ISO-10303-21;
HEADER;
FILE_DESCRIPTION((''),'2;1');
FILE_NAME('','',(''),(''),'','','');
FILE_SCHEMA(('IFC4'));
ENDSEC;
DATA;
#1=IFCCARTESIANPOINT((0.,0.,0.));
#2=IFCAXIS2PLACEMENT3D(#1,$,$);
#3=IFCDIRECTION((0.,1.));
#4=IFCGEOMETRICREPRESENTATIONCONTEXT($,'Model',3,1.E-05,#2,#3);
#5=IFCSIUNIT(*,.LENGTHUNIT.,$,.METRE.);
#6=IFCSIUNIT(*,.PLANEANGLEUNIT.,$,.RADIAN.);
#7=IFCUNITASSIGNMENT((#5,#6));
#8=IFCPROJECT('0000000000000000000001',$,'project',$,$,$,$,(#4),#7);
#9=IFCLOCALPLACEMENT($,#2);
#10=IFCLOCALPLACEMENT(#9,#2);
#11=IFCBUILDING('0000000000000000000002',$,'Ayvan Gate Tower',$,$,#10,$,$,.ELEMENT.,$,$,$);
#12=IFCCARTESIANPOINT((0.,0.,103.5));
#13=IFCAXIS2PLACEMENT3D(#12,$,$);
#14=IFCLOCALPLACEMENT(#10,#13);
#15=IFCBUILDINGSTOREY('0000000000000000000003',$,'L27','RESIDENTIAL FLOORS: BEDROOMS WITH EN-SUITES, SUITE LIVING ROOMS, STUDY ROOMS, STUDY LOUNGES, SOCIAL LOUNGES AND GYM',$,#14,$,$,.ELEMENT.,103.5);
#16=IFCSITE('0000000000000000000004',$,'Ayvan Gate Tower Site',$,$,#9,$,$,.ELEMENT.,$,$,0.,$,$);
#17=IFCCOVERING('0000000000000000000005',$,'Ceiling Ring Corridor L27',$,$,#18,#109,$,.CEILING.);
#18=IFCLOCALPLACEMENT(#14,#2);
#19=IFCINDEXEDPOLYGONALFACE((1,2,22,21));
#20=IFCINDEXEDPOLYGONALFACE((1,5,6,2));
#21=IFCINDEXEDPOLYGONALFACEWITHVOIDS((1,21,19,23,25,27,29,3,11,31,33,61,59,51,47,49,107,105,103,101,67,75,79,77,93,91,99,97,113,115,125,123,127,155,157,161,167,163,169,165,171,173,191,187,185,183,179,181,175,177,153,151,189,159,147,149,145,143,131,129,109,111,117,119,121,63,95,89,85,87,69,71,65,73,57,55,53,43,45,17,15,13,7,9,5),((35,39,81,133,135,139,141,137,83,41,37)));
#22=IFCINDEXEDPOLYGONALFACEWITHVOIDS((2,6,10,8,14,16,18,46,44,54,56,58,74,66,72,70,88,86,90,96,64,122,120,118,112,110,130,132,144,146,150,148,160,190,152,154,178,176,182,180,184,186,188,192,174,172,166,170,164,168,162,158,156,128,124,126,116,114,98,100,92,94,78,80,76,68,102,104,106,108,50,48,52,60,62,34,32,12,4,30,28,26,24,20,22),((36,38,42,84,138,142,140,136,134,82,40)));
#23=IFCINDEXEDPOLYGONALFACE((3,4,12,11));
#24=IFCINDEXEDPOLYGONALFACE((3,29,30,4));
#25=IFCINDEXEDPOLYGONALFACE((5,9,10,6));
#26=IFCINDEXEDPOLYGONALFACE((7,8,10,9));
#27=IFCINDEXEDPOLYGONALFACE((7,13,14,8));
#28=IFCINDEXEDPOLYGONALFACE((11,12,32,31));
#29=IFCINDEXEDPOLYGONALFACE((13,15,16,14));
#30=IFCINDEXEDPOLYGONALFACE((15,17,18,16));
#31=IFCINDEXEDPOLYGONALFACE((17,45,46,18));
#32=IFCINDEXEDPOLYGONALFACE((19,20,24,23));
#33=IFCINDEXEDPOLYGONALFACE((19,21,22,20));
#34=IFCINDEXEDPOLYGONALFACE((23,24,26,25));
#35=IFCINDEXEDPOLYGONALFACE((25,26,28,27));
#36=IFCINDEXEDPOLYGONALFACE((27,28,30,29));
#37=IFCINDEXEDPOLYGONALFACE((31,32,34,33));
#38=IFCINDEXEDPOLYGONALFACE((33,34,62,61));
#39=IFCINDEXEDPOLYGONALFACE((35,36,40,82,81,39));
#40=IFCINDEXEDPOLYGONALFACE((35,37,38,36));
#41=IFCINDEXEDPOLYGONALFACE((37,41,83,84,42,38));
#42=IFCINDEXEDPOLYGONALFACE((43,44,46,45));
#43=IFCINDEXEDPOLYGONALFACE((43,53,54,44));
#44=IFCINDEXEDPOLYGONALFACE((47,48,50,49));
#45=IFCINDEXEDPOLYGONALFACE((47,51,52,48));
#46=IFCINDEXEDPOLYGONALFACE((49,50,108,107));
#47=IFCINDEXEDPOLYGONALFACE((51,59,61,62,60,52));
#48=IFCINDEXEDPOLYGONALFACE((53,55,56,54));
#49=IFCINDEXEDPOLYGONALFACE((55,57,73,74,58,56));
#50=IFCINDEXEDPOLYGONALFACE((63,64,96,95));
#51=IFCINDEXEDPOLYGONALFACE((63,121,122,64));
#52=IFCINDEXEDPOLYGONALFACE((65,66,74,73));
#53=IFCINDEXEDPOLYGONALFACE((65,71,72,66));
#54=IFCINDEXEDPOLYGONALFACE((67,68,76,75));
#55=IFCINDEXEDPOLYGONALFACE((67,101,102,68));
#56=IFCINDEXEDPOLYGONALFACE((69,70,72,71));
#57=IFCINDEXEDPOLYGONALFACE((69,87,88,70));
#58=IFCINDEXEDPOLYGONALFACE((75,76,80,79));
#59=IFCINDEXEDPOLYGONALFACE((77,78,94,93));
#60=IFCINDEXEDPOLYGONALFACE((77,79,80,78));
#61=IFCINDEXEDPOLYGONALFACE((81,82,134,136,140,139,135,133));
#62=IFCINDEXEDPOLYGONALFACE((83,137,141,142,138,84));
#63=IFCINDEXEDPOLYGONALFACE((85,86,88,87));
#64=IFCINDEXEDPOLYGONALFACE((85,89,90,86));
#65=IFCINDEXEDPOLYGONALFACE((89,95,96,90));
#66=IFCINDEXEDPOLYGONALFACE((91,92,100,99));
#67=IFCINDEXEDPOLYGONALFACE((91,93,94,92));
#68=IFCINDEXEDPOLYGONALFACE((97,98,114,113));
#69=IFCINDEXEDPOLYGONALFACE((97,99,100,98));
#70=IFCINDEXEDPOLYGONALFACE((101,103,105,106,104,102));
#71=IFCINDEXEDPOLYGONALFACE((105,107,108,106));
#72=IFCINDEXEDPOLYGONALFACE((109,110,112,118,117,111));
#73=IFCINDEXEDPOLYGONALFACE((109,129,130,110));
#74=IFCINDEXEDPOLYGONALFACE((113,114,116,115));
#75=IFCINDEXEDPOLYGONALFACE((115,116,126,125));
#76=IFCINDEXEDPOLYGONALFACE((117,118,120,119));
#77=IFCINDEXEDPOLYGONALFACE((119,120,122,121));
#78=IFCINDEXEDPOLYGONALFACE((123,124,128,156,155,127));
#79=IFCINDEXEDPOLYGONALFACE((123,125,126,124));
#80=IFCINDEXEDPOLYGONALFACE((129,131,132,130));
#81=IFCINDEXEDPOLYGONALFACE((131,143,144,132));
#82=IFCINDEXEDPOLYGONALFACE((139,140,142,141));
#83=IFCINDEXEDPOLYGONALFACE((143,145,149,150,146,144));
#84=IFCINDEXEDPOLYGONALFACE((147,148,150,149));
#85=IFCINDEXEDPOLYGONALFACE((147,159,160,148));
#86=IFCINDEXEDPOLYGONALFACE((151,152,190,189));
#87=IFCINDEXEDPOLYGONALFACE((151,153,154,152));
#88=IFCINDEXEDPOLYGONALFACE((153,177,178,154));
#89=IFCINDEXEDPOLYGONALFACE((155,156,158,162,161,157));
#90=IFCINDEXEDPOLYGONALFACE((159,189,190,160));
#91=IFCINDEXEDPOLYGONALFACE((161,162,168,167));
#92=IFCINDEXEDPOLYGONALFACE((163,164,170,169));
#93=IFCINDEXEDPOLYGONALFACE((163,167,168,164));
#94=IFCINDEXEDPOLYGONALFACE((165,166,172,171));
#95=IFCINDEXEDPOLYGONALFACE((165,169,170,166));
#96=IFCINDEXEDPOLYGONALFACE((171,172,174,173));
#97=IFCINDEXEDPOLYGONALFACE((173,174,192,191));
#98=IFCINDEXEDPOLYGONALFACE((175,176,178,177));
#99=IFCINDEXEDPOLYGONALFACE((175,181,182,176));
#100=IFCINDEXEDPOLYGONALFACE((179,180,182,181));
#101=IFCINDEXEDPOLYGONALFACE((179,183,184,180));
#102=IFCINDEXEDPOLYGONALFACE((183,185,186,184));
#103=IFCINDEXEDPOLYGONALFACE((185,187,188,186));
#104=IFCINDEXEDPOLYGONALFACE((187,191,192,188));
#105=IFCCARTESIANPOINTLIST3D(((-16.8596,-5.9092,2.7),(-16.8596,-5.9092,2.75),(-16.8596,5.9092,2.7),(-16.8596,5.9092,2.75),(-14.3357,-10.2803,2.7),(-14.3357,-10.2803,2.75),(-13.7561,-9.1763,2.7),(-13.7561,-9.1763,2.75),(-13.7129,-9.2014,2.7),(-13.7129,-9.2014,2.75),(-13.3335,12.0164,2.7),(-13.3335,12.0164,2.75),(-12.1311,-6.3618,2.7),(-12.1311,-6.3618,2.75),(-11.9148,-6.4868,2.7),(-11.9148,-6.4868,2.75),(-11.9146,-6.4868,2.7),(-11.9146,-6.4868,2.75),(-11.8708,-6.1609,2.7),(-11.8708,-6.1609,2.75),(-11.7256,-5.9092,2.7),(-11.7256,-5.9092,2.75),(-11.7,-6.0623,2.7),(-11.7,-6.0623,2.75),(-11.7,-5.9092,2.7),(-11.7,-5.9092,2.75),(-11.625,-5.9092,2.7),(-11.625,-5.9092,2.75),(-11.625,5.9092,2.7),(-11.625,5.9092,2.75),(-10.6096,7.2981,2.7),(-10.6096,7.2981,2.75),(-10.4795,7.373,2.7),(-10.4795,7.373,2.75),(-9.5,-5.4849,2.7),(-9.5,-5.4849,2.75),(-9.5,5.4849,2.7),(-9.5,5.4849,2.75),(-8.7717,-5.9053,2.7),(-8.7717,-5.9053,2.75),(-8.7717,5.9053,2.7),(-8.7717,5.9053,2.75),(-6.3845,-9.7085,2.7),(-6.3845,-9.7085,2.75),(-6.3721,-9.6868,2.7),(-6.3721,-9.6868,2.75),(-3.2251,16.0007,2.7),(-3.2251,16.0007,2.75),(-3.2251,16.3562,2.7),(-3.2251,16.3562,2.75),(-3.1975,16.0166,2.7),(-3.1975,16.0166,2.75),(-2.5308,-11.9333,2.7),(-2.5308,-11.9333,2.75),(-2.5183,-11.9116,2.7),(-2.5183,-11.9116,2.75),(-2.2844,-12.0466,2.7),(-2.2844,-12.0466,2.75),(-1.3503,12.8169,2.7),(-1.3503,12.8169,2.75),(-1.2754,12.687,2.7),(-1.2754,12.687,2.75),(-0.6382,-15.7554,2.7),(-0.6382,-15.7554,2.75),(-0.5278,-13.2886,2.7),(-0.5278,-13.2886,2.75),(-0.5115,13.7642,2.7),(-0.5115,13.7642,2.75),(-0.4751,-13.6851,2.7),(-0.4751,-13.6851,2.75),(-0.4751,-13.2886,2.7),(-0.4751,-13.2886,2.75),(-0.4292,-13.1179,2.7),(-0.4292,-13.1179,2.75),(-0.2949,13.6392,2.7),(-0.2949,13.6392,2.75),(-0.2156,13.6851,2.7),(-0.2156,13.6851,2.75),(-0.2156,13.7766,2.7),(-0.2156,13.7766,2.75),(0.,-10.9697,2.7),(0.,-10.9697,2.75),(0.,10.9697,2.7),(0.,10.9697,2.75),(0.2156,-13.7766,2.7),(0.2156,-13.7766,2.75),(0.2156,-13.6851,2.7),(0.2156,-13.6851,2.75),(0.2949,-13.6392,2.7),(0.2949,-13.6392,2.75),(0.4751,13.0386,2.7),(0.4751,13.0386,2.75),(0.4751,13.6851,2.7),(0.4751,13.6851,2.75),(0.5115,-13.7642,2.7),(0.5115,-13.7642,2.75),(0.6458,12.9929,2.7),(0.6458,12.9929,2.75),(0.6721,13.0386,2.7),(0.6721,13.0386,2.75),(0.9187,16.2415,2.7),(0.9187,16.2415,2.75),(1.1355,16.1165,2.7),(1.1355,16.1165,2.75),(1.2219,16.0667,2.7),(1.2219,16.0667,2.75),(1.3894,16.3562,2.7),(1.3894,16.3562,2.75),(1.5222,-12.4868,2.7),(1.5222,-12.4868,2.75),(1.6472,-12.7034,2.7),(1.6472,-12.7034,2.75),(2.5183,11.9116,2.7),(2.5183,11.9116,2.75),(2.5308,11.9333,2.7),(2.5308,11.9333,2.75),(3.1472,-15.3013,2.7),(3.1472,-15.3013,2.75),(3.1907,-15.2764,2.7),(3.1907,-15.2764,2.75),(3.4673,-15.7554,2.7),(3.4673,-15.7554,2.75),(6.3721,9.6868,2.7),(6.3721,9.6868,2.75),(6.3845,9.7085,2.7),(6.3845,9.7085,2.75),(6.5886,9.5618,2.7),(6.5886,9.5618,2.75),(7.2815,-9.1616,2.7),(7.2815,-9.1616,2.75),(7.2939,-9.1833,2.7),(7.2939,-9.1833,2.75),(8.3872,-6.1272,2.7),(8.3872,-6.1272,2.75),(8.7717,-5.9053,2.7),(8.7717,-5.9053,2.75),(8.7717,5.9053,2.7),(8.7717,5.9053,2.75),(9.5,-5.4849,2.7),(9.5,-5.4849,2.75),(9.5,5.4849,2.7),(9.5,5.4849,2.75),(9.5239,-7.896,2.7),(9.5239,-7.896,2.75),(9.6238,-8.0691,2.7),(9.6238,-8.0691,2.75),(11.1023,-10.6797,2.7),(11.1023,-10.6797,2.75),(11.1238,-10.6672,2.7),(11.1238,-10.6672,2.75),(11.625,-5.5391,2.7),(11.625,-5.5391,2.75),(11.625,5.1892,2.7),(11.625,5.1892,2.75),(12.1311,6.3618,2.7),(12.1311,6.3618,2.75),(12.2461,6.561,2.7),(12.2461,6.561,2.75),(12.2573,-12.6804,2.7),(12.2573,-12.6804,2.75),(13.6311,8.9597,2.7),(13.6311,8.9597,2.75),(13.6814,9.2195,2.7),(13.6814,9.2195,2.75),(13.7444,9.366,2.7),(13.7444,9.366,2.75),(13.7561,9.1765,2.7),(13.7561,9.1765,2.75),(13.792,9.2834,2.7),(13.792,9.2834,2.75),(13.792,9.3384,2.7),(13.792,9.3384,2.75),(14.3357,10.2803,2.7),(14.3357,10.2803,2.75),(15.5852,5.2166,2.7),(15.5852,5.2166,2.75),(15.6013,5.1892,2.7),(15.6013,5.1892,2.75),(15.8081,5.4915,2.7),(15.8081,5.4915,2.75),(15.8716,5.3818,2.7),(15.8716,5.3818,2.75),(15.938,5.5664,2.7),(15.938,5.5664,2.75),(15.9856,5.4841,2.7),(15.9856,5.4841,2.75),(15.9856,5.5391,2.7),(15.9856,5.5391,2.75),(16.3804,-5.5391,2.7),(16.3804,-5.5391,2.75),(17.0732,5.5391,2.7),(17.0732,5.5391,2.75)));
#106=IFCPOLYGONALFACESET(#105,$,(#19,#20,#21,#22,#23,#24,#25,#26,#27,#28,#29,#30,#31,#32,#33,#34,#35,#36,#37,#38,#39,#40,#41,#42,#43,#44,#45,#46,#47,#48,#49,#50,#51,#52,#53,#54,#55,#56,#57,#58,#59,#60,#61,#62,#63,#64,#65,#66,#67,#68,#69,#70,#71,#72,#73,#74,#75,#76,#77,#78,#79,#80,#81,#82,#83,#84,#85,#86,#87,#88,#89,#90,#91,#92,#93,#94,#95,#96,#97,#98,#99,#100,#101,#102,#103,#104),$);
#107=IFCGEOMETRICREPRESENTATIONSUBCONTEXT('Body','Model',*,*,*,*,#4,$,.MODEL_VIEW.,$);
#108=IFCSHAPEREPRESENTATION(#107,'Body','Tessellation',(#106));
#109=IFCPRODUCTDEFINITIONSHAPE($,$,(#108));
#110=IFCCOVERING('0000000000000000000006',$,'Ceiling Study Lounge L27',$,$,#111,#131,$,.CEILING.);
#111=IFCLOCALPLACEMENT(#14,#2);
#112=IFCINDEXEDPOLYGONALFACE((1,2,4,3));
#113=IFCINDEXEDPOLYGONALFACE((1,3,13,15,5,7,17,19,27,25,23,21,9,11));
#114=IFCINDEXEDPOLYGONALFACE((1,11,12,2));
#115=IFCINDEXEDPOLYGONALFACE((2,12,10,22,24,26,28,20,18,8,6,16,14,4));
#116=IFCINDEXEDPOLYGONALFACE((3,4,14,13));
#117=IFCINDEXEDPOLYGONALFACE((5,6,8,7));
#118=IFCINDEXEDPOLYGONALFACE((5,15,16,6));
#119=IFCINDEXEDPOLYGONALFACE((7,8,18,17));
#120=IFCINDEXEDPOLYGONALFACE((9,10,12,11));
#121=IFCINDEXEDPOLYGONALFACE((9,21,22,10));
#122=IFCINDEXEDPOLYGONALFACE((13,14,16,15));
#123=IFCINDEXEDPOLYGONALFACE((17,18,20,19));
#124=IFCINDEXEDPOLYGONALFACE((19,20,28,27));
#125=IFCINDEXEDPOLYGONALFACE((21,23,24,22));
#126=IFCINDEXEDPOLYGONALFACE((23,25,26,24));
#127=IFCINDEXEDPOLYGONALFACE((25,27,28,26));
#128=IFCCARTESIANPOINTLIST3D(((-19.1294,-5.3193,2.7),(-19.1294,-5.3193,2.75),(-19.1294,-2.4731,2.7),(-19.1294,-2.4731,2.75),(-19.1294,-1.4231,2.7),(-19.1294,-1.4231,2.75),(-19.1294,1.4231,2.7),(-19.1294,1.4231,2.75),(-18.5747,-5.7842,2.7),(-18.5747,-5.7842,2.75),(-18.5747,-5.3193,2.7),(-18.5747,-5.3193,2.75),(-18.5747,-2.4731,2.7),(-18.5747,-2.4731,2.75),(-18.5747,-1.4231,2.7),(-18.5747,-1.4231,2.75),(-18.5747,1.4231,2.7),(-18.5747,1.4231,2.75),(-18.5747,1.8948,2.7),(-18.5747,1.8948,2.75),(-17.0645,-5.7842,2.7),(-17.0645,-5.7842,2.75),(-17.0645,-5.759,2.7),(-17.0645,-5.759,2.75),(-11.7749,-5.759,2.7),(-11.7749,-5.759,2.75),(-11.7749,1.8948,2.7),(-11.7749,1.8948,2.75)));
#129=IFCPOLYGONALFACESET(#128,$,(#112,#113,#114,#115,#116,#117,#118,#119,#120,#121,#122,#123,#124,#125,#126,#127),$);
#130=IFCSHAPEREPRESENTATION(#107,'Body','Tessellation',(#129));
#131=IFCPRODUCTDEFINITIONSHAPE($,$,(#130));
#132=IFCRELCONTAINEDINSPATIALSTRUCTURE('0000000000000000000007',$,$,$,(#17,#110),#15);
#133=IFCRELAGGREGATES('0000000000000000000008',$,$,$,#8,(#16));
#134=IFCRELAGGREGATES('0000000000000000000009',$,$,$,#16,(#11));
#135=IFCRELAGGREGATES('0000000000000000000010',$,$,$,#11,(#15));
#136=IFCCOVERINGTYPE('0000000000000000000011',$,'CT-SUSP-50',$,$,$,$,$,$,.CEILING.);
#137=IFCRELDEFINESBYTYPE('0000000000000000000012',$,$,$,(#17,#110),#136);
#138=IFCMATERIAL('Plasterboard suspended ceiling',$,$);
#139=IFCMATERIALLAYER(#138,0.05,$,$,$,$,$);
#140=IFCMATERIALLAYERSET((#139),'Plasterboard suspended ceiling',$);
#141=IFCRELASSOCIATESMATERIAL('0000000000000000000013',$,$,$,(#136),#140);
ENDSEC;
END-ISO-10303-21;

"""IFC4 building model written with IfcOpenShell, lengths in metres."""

from ifc_helpers import new_model, si_unit, direction, frame, origin, place, context, subcontext, project, spatial, polyline, outline, extrude, material, layer, layer_set, type_object, element, save


model = new_model("IFC4")

# Units and contexts
model_context = context("Model", 3, precision=1e-05, world=origin(), true_north=direction((0.0, 1.0)))
body_context = subcontext(model_context, "Body", "Model", "MODEL_VIEW")
ifc_project = project(units=[si_unit("LENGTHUNIT", "METRE"), si_unit("PLANEANGLEUNIT", "RADIAN")], contexts=[model_context])

# Site, building, storey
site_placement = place(None, origin())
site = spatial("IfcSite", under=ifc_project, at=site_placement, Name="Ayvan Gate Tower Site", CompositionType="ELEMENT", RefElevation=0.0)
building_placement = place(site_placement, origin())
building = spatial("IfcBuilding", under=site, at=building_placement, Name="Ayvan Gate Tower", CompositionType="ELEMENT")
storey_placement = place(building_placement, frame((0.0, 0.0, 103.5)))
storey = spatial("IfcBuildingStorey", under=building, at=storey_placement, Name="L27", Description="RESIDENTIAL FLOORS: BEDROOMS WITH EN-SUITES, SUITE LIVING ROOMS, STUDY ROOMS, STUDY LOUNGES, SOCIAL LOUNGES AND GYM", CompositionType="ELEMENT", Elevation=103.5)

# Coverings
ifc_material_1 = material(Name="Plasterboard suspended ceiling")
ifc_layer_1 = layer(ifc_material_1, 0.05)
ifc_layer_set_1 = layer_set([ifc_layer_1], Name="Plasterboard suspended ceiling")
covering_type = type_object("IfcCoveringType", Name="CT-SUSP-50", PredefinedType="CEILING", material=ifc_layer_set_1)
covering_1_placement = place(storey_placement, frame((0.0, 0.0, 2.7)))
element("IfcCovering", 1, at=covering_1_placement, inside=storey, type_object=covering_type, Name="Ceiling Ring Corridor L27", PredefinedType="CEILING", context=body_context, shape_type="SweptSolid", body=[
    extrude(outline(polyline([(-11.9148, -6.4868), (-12.1311, -6.3618), (-13.7561, -9.1763), (-13.7129, -9.2014), (-14.3357, -10.2803), (-16.8596, -5.9092), (-11.7256, -5.9092), (-11.8708, -6.1609), (-11.7, -6.0623), (-11.7, -5.9092), (-11.625, -5.9092), (-11.625, 5.9092), (-16.8596, 5.9092), (-13.3335, 12.0164), (-10.6096, 7.2981), (-10.4795, 7.373), (-1.2754, 12.687), (-1.3503, 12.8169), (-3.1975, 16.0166), (-3.2251, 16.0007), (-3.2251, 16.3562), (1.3894, 16.3562), (1.2219, 16.0667), (1.1355, 16.1165), (0.9187, 16.2415), (-0.5115, 13.7642), (-0.2949, 13.6392), (-0.2156, 13.7766), (-0.2156, 13.6851), (0.4751, 13.6851), (0.4751, 13.0386), (0.6721, 13.0386), (0.6458, 12.9929), (2.5183, 11.9116), (2.5308, 11.9333), (6.3845, 9.7085), (6.3721, 9.6868), (6.5886, 9.5618), (12.1311, 6.3618), (12.2461, 6.561), (13.6311, 8.9597), (13.7561, 9.1765), (13.6814, 9.2195), (13.792, 9.2834), (13.7444, 9.366), (13.792, 9.3384), (14.3357, 10.2803), (17.0732, 5.5391), (15.9856, 5.5391), (15.9856, 5.4841), (15.938, 5.5664), (15.8081, 5.4915), (15.8716, 5.3818), (15.5852, 5.2166), (15.6013, 5.1892), (11.625, 5.1892), (11.625, -5.5391), (16.3804, -5.5391), (12.2573, -12.6804), (11.1023, -10.6797), (11.1238, -10.6672), (9.6238, -8.0691), (9.5239, -7.896), (7.2939, -9.1833), (7.2815, -9.1616), (1.5222, -12.4868), (1.6472, -12.7034), (3.1472, -15.3013), (3.1907, -15.2764), (3.4673, -15.7554), (-0.6382, -15.7554), (0.5115, -13.7642), (0.2949, -13.6392), (0.2156, -13.7766), (0.2156, -13.6851), (-0.4751, -13.6851), (-0.4751, -13.2886), (-0.5278, -13.2886), (-0.4292, -13.1179), (-2.2844, -12.0466), (-2.5183, -11.9116), (-2.5308, -11.9333), (-6.3845, -9.7085), (-6.3721, -9.6868), (-11.9146, -6.4868), (-11.9148, -6.4868)]), holes=[polyline([(9.5, 5.4849), (8.7717, 5.9053), (0.0, 10.9697), (-8.7717, 5.9053), (-9.5, 5.4849), (-9.5, -5.4849), (-8.7717, -5.9053), (0.0, -10.9697), (8.3872, -6.1272), (8.7717, -5.9053), (9.5, -5.4849), (9.5, 5.4849)])]), origin(), (0.0, 0.0, 1.0), 0.05),
])
covering_2_placement = place(storey_placement, frame((0.0, 0.0, 2.7)))
element("IfcCovering", 2, at=covering_2_placement, inside=storey, type_object=covering_type, Name="Ceiling Study Lounge L27", PredefinedType="CEILING", context=body_context, shape_type="SweptSolid", body=[
    extrude(outline(polyline([(-18.5747, 1.4231), (-18.5747, 1.8948), (-11.7749, 1.8948), (-11.7749, -5.759), (-17.0645, -5.759), (-17.0645, -5.7842), (-18.5747, -5.7842), (-18.5747, -5.3193), (-19.1294, -5.3193), (-19.1294, -2.4731), (-18.5747, -2.4731), (-18.5747, -1.4231), (-19.1294, -1.4231), (-19.1294, 1.4231), (-18.5747, 1.4231)])), origin(), (0.0, 0.0, 1.0), 0.05),
])

save(model, "model.ifc")
